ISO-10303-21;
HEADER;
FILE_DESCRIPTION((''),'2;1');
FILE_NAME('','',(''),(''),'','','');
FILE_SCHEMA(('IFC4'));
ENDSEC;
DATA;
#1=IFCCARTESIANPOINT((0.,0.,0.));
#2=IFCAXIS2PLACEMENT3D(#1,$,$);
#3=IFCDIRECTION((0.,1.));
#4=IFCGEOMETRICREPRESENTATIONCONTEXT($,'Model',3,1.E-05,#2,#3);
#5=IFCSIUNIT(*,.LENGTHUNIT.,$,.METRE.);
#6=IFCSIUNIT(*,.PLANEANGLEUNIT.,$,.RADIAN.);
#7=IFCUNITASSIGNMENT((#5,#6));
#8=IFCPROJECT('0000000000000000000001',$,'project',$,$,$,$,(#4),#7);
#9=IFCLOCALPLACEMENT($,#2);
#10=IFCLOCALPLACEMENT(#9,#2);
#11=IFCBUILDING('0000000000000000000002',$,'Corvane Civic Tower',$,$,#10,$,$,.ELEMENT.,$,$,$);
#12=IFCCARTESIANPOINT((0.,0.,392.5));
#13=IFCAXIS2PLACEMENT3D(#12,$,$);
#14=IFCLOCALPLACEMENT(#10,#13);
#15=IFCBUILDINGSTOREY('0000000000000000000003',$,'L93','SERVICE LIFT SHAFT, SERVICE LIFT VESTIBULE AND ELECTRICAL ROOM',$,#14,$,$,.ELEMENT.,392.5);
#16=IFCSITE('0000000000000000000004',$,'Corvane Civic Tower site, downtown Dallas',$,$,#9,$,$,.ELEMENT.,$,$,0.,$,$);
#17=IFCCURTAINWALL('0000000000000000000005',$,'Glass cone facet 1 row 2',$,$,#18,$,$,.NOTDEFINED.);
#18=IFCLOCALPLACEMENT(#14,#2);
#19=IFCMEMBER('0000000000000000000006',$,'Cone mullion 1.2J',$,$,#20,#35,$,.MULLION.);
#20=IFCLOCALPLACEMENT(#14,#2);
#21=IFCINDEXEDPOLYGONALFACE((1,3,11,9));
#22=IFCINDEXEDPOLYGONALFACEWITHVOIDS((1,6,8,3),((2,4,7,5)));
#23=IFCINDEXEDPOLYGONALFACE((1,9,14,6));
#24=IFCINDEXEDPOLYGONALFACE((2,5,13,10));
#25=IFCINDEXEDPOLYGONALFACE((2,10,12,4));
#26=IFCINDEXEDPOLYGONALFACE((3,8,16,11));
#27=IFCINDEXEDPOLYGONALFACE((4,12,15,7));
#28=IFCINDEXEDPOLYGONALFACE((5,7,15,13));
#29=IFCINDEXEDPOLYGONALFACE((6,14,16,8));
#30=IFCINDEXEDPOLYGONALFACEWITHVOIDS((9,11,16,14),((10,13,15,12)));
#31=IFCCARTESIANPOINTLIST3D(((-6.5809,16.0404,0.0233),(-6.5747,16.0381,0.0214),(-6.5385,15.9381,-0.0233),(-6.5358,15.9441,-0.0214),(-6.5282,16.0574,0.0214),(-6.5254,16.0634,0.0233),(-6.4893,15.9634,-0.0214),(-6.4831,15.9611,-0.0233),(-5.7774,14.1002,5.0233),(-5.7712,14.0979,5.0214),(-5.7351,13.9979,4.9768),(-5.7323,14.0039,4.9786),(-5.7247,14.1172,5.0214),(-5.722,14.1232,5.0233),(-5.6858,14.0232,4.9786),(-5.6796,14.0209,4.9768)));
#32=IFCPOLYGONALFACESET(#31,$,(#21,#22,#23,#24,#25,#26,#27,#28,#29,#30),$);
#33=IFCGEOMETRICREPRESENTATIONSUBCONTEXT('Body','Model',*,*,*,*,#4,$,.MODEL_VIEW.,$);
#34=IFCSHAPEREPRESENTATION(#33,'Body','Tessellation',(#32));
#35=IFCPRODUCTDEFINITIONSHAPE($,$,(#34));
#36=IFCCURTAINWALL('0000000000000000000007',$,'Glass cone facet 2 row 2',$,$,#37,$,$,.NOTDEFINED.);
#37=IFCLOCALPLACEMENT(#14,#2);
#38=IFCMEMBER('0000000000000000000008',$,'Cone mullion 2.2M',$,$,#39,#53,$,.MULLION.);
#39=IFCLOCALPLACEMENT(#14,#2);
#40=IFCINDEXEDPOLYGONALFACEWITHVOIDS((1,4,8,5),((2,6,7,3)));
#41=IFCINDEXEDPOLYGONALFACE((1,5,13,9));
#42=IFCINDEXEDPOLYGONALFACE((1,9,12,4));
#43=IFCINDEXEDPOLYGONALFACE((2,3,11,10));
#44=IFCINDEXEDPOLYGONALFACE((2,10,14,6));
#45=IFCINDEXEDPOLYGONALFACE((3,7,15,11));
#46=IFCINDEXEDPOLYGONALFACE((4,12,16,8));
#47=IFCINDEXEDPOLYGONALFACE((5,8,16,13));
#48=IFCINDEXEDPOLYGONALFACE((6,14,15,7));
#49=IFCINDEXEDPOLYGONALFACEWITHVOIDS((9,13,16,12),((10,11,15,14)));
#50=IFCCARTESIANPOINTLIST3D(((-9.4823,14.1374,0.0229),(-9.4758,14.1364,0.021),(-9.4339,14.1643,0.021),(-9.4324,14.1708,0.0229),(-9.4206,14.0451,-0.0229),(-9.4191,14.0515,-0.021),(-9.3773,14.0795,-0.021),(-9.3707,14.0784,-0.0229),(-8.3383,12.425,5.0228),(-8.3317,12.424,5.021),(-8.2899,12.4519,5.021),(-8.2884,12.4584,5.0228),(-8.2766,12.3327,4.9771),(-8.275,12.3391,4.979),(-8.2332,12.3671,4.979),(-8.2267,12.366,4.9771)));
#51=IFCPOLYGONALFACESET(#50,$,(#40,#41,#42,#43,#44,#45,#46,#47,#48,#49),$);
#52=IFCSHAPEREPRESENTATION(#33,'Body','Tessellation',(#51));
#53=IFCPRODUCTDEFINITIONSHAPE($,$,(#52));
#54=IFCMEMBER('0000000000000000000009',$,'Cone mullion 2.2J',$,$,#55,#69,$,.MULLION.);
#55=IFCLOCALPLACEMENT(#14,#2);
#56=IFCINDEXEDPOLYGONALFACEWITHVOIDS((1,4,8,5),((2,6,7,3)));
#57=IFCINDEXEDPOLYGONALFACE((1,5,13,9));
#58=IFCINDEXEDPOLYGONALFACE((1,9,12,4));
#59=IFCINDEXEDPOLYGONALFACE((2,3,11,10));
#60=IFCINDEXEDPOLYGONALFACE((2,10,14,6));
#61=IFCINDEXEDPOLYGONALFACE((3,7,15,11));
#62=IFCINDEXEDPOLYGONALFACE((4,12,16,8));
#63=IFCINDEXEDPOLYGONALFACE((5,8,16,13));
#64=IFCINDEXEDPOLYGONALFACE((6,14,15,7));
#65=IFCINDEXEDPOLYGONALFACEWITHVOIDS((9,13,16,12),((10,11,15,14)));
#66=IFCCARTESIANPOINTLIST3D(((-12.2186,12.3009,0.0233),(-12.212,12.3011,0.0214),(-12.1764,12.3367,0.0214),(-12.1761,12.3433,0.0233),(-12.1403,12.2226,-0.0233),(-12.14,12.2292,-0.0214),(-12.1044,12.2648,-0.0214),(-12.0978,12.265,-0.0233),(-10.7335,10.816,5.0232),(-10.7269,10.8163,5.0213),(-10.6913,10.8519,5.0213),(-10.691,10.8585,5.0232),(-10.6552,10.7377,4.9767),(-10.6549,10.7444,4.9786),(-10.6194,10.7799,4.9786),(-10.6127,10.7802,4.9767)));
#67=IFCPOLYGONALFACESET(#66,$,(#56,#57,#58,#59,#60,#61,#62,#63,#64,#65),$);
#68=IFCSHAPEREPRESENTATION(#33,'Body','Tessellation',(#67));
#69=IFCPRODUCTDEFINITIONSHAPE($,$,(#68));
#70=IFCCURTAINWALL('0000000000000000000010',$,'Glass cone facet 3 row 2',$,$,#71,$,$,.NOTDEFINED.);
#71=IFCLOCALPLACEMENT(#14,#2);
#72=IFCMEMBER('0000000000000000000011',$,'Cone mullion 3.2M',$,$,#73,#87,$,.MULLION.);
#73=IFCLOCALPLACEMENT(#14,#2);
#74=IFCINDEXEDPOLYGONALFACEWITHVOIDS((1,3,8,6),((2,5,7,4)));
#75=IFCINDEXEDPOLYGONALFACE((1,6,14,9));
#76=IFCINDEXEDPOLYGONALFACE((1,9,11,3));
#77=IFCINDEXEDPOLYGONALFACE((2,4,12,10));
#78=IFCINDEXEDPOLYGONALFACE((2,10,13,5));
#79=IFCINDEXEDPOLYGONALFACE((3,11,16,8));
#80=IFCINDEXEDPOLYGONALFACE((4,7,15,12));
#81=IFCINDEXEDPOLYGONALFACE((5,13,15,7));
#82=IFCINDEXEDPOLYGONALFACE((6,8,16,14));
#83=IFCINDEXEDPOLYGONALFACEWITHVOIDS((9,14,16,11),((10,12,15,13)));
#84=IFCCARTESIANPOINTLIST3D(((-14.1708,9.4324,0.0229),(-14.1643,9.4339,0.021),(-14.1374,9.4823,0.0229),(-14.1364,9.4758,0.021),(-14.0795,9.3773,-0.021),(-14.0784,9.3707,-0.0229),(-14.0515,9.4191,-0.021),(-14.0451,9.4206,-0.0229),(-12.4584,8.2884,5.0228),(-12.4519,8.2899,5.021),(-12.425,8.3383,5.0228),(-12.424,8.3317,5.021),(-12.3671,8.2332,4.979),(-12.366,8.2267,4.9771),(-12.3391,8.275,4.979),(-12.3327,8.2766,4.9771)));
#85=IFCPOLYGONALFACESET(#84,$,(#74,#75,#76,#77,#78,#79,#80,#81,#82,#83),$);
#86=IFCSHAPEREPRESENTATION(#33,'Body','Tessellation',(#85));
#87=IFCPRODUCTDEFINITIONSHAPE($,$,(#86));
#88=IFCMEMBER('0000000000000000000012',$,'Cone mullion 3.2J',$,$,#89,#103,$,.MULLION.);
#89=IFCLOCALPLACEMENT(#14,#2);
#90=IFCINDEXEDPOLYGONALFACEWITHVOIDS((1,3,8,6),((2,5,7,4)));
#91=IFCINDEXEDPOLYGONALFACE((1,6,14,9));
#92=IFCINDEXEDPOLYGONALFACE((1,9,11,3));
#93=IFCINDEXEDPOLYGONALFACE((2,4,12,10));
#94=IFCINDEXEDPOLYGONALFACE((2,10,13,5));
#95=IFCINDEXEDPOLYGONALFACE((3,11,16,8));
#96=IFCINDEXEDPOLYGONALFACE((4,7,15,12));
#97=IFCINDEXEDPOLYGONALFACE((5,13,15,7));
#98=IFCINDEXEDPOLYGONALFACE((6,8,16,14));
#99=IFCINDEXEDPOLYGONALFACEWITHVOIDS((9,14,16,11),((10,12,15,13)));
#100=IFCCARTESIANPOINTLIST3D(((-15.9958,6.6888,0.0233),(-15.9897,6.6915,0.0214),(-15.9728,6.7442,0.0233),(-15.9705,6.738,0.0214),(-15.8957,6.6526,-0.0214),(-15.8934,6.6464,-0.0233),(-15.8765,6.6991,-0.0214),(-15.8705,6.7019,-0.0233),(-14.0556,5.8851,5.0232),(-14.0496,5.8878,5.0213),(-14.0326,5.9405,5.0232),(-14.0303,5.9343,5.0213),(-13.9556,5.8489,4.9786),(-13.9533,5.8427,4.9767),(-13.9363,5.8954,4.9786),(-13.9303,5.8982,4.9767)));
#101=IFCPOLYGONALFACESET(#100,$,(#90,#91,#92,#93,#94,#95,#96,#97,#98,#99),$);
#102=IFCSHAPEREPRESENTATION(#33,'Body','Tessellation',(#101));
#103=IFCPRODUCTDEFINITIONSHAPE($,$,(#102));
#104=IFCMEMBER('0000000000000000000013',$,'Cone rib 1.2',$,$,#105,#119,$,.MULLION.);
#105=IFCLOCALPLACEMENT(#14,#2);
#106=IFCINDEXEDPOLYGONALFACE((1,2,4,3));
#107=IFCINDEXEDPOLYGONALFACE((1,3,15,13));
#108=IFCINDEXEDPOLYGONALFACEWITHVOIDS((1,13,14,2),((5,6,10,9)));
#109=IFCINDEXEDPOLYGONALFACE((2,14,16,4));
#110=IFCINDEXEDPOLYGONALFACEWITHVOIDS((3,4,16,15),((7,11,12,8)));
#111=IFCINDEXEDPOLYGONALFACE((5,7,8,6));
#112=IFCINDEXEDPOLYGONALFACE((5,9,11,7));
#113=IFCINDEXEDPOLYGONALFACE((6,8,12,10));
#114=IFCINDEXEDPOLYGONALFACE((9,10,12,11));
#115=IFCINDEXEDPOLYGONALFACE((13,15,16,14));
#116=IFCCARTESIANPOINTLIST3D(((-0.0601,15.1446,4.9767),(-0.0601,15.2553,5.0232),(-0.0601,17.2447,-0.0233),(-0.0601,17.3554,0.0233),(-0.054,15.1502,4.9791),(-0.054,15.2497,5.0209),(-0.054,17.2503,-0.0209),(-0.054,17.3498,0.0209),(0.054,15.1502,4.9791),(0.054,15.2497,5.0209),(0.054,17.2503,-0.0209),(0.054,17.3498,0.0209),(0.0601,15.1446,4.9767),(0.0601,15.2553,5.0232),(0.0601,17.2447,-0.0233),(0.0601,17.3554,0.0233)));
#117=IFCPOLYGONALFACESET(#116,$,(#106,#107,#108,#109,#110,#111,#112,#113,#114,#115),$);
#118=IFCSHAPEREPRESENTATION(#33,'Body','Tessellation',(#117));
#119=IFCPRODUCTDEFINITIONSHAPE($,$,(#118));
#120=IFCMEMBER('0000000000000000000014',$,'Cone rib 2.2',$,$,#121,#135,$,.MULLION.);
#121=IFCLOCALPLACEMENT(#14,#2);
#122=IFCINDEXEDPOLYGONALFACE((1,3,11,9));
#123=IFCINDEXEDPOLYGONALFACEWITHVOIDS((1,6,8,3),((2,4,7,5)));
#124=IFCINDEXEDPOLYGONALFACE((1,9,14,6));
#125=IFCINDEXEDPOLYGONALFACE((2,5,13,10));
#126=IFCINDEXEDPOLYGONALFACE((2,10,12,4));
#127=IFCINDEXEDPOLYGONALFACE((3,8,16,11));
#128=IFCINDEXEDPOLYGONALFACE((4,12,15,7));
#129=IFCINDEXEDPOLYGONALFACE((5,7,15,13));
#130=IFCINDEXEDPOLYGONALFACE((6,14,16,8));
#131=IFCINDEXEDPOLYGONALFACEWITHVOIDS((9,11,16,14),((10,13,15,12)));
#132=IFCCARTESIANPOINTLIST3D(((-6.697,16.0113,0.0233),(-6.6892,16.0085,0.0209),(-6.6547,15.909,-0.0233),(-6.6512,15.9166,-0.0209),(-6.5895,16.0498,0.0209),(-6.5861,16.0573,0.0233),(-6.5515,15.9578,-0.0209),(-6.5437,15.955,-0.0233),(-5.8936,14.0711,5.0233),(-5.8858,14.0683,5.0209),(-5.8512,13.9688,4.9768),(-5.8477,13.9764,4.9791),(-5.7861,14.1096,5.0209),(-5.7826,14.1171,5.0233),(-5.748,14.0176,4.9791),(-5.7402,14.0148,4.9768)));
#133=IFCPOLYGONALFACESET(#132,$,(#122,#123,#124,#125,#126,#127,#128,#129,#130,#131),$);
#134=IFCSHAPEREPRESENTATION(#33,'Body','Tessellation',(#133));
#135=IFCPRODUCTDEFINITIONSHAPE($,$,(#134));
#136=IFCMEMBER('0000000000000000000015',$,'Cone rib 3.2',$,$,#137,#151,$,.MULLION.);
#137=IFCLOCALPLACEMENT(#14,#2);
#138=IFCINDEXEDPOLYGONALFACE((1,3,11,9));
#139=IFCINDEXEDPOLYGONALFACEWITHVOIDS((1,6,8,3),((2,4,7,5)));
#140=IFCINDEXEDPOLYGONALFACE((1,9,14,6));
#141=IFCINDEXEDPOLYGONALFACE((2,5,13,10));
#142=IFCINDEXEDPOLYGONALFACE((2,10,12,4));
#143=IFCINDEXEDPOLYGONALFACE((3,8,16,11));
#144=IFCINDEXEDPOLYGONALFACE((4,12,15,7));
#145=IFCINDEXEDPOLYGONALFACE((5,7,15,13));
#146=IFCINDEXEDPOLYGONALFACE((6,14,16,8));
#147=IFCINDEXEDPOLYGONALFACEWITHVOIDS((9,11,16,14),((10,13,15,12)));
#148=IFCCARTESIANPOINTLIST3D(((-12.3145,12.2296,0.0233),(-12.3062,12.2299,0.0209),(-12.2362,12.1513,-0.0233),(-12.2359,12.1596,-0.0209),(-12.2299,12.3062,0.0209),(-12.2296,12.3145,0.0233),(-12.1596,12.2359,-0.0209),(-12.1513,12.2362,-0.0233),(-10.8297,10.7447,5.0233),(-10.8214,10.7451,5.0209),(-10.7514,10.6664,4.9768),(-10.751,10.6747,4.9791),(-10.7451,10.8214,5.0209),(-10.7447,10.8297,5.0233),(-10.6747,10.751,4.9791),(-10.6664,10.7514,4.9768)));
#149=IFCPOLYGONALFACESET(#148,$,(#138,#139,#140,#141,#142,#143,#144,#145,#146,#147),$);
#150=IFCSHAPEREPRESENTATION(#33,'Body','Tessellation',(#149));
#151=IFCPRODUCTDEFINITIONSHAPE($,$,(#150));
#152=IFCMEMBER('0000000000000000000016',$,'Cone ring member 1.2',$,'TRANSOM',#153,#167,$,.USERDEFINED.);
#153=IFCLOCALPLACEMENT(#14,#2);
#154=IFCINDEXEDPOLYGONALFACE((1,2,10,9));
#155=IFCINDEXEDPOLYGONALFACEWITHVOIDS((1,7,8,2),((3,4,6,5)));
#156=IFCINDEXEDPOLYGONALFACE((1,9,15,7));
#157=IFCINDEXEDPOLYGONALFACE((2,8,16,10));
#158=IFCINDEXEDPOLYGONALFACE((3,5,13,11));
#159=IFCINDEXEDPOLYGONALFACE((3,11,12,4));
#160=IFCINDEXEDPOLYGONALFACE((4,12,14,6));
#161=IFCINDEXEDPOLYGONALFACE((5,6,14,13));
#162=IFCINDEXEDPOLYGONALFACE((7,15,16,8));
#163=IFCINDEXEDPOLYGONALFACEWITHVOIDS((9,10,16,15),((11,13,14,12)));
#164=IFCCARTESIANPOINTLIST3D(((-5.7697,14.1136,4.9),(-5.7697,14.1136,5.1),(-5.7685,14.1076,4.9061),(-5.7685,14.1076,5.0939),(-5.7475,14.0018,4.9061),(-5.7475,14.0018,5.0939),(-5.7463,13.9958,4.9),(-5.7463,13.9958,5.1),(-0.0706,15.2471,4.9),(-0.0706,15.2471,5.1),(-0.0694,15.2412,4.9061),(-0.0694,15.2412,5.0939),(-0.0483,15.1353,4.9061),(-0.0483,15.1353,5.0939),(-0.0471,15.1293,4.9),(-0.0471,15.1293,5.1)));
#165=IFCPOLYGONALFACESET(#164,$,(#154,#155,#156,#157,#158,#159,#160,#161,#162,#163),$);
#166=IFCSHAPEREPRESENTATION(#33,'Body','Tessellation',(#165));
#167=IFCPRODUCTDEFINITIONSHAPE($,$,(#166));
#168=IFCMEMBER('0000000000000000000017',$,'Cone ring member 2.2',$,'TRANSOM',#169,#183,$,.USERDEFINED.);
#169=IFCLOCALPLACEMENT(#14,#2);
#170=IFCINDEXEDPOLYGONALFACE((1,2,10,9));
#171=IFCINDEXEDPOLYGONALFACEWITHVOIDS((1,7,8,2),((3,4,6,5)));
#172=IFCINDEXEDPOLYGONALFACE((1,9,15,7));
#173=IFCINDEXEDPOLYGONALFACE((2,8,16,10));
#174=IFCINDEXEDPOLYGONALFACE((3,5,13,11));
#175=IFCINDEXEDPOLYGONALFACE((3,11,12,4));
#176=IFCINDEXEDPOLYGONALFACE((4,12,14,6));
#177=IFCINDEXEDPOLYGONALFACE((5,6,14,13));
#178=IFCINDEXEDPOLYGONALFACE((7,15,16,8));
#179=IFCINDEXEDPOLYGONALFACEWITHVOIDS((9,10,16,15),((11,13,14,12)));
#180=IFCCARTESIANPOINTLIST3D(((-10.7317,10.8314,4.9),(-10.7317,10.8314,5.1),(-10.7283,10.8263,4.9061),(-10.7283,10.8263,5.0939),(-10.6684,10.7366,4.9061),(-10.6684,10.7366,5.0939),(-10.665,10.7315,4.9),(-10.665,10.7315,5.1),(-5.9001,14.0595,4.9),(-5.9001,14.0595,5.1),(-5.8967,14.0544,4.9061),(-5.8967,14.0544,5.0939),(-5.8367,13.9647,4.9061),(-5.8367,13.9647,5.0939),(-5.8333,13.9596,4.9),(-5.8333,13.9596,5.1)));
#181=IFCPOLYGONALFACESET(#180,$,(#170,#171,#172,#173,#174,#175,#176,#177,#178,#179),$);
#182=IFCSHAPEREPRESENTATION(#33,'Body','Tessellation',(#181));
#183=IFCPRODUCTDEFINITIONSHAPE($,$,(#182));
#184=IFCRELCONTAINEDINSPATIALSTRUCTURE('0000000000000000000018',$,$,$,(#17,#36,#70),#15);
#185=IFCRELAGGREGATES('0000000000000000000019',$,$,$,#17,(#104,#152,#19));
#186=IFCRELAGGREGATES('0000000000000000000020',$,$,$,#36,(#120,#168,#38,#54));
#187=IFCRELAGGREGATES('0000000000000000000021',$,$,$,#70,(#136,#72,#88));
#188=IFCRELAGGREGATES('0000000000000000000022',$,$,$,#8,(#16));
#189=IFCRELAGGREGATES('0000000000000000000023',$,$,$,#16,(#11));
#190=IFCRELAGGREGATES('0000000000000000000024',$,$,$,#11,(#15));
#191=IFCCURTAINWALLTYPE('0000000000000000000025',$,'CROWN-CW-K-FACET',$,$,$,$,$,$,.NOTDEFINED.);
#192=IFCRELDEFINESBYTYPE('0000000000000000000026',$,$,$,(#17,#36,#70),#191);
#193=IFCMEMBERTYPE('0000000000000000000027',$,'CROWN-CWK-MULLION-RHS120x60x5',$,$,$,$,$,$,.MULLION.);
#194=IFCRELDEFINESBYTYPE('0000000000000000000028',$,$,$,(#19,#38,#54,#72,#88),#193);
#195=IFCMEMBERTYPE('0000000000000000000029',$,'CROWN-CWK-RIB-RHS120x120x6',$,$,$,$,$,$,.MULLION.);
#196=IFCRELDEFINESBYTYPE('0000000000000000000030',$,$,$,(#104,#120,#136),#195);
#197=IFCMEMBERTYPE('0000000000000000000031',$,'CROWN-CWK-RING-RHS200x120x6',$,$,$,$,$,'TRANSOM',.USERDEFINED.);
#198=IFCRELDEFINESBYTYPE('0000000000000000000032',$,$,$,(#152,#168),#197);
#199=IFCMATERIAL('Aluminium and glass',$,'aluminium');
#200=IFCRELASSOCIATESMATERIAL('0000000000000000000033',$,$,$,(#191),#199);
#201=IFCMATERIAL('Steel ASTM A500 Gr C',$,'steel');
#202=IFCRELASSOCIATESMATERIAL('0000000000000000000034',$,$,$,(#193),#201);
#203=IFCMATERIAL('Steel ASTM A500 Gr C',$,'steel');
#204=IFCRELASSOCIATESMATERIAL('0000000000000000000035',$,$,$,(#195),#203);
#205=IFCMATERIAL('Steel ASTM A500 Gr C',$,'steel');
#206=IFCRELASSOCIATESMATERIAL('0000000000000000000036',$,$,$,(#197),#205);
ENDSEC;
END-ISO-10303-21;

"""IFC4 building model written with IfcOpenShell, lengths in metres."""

from ifc_helpers import new_model, si_unit, direction, frame, origin, origin_2d, place, context, subcontext, project, spatial, hollow_rectangle, extrude, material, material_profile, profile_set, type_object, element, aggregate, save


model = new_model("IFC4")

# Units and contexts
model_context = context("Model", 3, precision=1e-05, world=origin(), true_north=direction((0.0, 1.0)))
body_context = subcontext(model_context, "Body", "Model", "MODEL_VIEW")
ifc_project = project(units=[si_unit("LENGTHUNIT", "METRE"), si_unit("PLANEANGLEUNIT", "RADIAN")], contexts=[model_context])

# Site, building, storey
site_placement = place(None, origin())
site = spatial("IfcSite", under=ifc_project, at=site_placement, Name="Corvane Civic Tower site, downtown Dallas", CompositionType="ELEMENT", RefElevation=0.0)
building_placement = place(site_placement, origin())
building = spatial("IfcBuilding", under=site, at=building_placement, Name="Corvane Civic Tower", CompositionType="ELEMENT")
storey_placement = place(building_placement, frame((0.0, 0.0, 392.5)))
storey = spatial("IfcBuildingStorey", under=building, at=storey_placement, Name="L93", Description="SERVICE LIFT SHAFT, SERVICE LIFT VESTIBULE AND ELECTRICAL ROOM", CompositionType="ELEMENT", Elevation=392.5)

# Curtain walls, members
ifc_material_1 = material(Name="Aluminium and glass", Category="aluminium")
curtain_wall_type = type_object("IfcCurtainWallType", Name="CROWN-CW-K-FACET", PredefinedType="NOTDEFINED", material=ifc_material_1)
curtain_wall_1_placement = place(storey_placement, origin())
curtain_wall_1 = element("IfcCurtainWall", 1, at=curtain_wall_1_placement, inside=storey, type_object=curtain_wall_type, Name="Glass cone facet 1 row 2", PredefinedType="NOTDEFINED")
ifc_material_2 = material(Name="Steel ASTM A500 Gr C", Category="steel")
ifc_material_profile_1 = material_profile(ifc_material_2, hollow_rectangle(XDim=0.0601, YDim=0.1201, WallThickness=0.0049, at=origin_2d()), Name="RHS 120x60x5")
ifc_profile_set_1 = profile_set([ifc_material_profile_1], Name="Steel ASTM A500 Gr C")
member_type_1 = type_object("IfcMemberType", Name="CROWN-CWK-MULLION-RHS120x60x5", PredefinedType="MULLION", material=ifc_profile_set_1)
member_1_placement = place(storey_placement, frame((-6.532, 16.0007, 0.0), z_axis=(0.148157, -0.357764, 0.921984), x_axis=(0.923911, 0.382608, 0.0)))
member_1 = element("IfcMember", 2, at=member_1_placement, type_object=member_type_1, Name="Cone mullion 1.2J", PredefinedType="MULLION", context=body_context, shape_type="SweptSolid", body=[
    extrude(hollow_rectangle(XDim=0.0601, YDim=0.1201, WallThickness=0.0049, at=origin_2d()), origin(), (0.0, 0.0, 1.0), 5.4231),
])
curtain_wall_2_placement = place(storey_placement, origin())
curtain_wall_2 = element("IfcCurtainWall", 3, at=curtain_wall_2_placement, inside=storey, type_object=curtain_wall_type, Name="Glass cone facet 2 row 2", PredefinedType="NOTDEFINED")
member_2_placement = place(storey_placement, frame((-9.4265, 14.1079, 0.0), z_axis=(0.211566, -0.316671, 0.92464), x_axis=(0.831503, 0.555521, 0.0)))
member_2 = element("IfcMember", 4, at=member_2_placement, type_object=member_type_1, Name="Cone mullion 2.2M", PredefinedType="MULLION", context=body_context, shape_type="SweptSolid", body=[
    extrude(hollow_rectangle(XDim=0.0601, YDim=0.1201, WallThickness=0.0049, at=origin_2d()), origin(), (0.0, 0.0, 1.0), 5.4075),
])
member_3_placement = place(storey_placement, frame((-12.1582, 12.283, 0.0), z_axis=(0.273847, -0.273802, 0.921976), x_axis=(0.707049, 0.707165, 0.0)))
member_3 = element("IfcMember", 5, at=member_3_placement, type_object=member_type_1, Name="Cone mullion 2.2J", PredefinedType="MULLION", context=body_context, shape_type="SweptSolid", body=[
    extrude(hollow_rectangle(XDim=0.0601, YDim=0.1201, WallThickness=0.0049, at=origin_2d()), origin(), (0.0, 0.0, 1.0), 5.4231),
])
curtain_wall_3_placement = place(storey_placement, origin())
curtain_wall_3 = element("IfcCurtainWall", 6, at=curtain_wall_3_placement, inside=storey, type_object=curtain_wall_type, Name="Glass cone facet 3 row 2", PredefinedType="NOTDEFINED")
member_4_placement = place(storey_placement, frame((-14.1079, 9.4265, 0.0), z_axis=(0.316671, -0.211566, 0.92464), x_axis=(0.555521, 0.831503, 0.0)))
member_4 = element("IfcMember", 7, at=member_4_placement, type_object=member_type_1, Name="Cone mullion 3.2M", PredefinedType="MULLION", context=body_context, shape_type="SweptSolid", body=[
    extrude(hollow_rectangle(XDim=0.0601, YDim=0.1201, WallThickness=0.0049, at=origin_2d()), origin(), (0.0, 0.0, 1.0), 5.4075),
])
member_5_placement = place(storey_placement, frame((-15.9331, 6.6953, 0.0), z_axis=(0.357762, -0.148201, 0.921978), x_axis=(0.382708, 0.923869, 0.0)))
member_5 = element("IfcMember", 8, at=member_5_placement, type_object=member_type_1, Name="Cone mullion 3.2J", PredefinedType="MULLION", context=body_context, shape_type="SweptSolid", body=[
    extrude(hollow_rectangle(XDim=0.0601, YDim=0.1201, WallThickness=0.0049, at=origin_2d()), origin(), (0.0, 0.0, 1.0), 5.4231),
])

# Members
ifc_material_3 = material(Name="Steel ASTM A500 Gr C", Category="steel")
ifc_material_profile_2 = material_profile(ifc_material_3, hollow_rectangle(XDim=0.1201, YDim=0.1201, WallThickness=0.0061, at=origin_2d()), Name="RHS 120x120x6")
ifc_profile_set_2 = profile_set([ifc_material_profile_2], Name="Steel ASTM A500 Gr C")
member_type_2 = type_object("IfcMemberType", Name="CROWN-CWK-RIB-RHS120x120x6", PredefinedType="MULLION", material=ifc_profile_set_2)
member_6_placement = place(storey_placement, frame((0.0, 17.3, 0.0), z_axis=(0.0, -0.387248, 0.921976), x_axis=(1.0, 0.0, 0.0)))
member_6 = element("IfcMember", 9, at=member_6_placement, type_object=member_type_2, Name="Cone rib 1.2", PredefinedType="MULLION", context=body_context, shape_type="SweptSolid", body=[
    extrude(hollow_rectangle(XDim=0.1201, YDim=0.1201, WallThickness=0.0061, at=origin_2d()), origin(), (0.0, 0.0, 1.0), 5.4231),
])
member_7_placement = place(storey_placement, frame((-6.6204, 15.9832, 0.0), z_axis=(0.148157, -0.357764, 0.921984), x_axis=(0.923911, 0.382608, 0.0)))
member_7 = element("IfcMember", 10, at=member_7_placement, type_object=member_type_2, Name="Cone rib 2.2", PredefinedType="MULLION", context=body_context, shape_type="SweptSolid", body=[
    extrude(hollow_rectangle(XDim=0.1201, YDim=0.1201, WallThickness=0.0061, at=origin_2d()), origin(), (0.0, 0.0, 1.0), 5.4231),
])
member_8_placement = place(storey_placement, frame((-12.2329, 12.2329, 0.0), z_axis=(0.273805, -0.273805, 0.921988), x_axis=(0.707107, 0.707107, 0.0)))
member_8 = element("IfcMember", 11, at=member_8_placement, type_object=member_type_2, Name="Cone rib 3.2", PredefinedType="MULLION", context=body_context, shape_type="SweptSolid", body=[
    extrude(hollow_rectangle(XDim=0.1201, YDim=0.1201, WallThickness=0.0061, at=origin_2d()), origin(), (0.0, 0.0, 1.0), 5.4231),
])
ifc_material_4 = material(Name="Steel ASTM A500 Gr C", Category="steel")
ifc_material_profile_3 = material_profile(ifc_material_4, hollow_rectangle(XDim=0.1201, YDim=0.2, WallThickness=0.0061, at=origin_2d()), Name="RHS 200x120x6")
ifc_profile_set_3 = profile_set([ifc_material_profile_3], Name="Steel ASTM A500 Gr C")
member_type_3 = type_object("IfcMemberType", Name="CROWN-CWK-RING-RHS200x120x6", ElementType="TRANSOM", PredefinedType="USERDEFINED", material=ifc_profile_set_3)
member_9_placement = place(storey_placement, frame((-0.0588, 15.1882, 5.0), z_axis=(-0.980789, -0.195074, 0.0), x_axis=(0.195074, -0.980789, 0.0)))
member_9 = element("IfcMember", 12, at=member_9_placement, type_object=member_type_3, Name="Cone ring member 1.2", ObjectType="TRANSOM", PredefinedType="USERDEFINED", context=body_context, shape_type="SweptSolid", body=[
    extrude(hollow_rectangle(XDim=0.1201, YDim=0.2, WallThickness=0.0061, at=origin_2d()), origin(), (0.0, 0.0, 1.0), 5.8108),
])
member_10_placement = place(storey_placement, frame((-5.8667, 14.0095, 5.0), z_axis=(-0.831494, -0.555534, 0.0), x_axis=(0.555534, -0.831494, 0.0)))
member_10 = element("IfcMember", 13, at=member_10_placement, type_object=member_type_3, Name="Cone ring member 2.2", ObjectType="TRANSOM", PredefinedType="USERDEFINED", context=body_context, shape_type="SweptSolid", body=[
    extrude(hollow_rectangle(XDim=0.1201, YDim=0.2, WallThickness=0.0061, at=origin_2d()), origin(), (0.0, 0.0, 1.0), 5.8108),
])

aggregate(curtain_wall_1, [member_6, member_9, member_1])
aggregate(curtain_wall_2, [member_7, member_10, member_2, member_3])
aggregate(curtain_wall_3, [member_8, member_4, member_5])

save(model, "model.ifc")
